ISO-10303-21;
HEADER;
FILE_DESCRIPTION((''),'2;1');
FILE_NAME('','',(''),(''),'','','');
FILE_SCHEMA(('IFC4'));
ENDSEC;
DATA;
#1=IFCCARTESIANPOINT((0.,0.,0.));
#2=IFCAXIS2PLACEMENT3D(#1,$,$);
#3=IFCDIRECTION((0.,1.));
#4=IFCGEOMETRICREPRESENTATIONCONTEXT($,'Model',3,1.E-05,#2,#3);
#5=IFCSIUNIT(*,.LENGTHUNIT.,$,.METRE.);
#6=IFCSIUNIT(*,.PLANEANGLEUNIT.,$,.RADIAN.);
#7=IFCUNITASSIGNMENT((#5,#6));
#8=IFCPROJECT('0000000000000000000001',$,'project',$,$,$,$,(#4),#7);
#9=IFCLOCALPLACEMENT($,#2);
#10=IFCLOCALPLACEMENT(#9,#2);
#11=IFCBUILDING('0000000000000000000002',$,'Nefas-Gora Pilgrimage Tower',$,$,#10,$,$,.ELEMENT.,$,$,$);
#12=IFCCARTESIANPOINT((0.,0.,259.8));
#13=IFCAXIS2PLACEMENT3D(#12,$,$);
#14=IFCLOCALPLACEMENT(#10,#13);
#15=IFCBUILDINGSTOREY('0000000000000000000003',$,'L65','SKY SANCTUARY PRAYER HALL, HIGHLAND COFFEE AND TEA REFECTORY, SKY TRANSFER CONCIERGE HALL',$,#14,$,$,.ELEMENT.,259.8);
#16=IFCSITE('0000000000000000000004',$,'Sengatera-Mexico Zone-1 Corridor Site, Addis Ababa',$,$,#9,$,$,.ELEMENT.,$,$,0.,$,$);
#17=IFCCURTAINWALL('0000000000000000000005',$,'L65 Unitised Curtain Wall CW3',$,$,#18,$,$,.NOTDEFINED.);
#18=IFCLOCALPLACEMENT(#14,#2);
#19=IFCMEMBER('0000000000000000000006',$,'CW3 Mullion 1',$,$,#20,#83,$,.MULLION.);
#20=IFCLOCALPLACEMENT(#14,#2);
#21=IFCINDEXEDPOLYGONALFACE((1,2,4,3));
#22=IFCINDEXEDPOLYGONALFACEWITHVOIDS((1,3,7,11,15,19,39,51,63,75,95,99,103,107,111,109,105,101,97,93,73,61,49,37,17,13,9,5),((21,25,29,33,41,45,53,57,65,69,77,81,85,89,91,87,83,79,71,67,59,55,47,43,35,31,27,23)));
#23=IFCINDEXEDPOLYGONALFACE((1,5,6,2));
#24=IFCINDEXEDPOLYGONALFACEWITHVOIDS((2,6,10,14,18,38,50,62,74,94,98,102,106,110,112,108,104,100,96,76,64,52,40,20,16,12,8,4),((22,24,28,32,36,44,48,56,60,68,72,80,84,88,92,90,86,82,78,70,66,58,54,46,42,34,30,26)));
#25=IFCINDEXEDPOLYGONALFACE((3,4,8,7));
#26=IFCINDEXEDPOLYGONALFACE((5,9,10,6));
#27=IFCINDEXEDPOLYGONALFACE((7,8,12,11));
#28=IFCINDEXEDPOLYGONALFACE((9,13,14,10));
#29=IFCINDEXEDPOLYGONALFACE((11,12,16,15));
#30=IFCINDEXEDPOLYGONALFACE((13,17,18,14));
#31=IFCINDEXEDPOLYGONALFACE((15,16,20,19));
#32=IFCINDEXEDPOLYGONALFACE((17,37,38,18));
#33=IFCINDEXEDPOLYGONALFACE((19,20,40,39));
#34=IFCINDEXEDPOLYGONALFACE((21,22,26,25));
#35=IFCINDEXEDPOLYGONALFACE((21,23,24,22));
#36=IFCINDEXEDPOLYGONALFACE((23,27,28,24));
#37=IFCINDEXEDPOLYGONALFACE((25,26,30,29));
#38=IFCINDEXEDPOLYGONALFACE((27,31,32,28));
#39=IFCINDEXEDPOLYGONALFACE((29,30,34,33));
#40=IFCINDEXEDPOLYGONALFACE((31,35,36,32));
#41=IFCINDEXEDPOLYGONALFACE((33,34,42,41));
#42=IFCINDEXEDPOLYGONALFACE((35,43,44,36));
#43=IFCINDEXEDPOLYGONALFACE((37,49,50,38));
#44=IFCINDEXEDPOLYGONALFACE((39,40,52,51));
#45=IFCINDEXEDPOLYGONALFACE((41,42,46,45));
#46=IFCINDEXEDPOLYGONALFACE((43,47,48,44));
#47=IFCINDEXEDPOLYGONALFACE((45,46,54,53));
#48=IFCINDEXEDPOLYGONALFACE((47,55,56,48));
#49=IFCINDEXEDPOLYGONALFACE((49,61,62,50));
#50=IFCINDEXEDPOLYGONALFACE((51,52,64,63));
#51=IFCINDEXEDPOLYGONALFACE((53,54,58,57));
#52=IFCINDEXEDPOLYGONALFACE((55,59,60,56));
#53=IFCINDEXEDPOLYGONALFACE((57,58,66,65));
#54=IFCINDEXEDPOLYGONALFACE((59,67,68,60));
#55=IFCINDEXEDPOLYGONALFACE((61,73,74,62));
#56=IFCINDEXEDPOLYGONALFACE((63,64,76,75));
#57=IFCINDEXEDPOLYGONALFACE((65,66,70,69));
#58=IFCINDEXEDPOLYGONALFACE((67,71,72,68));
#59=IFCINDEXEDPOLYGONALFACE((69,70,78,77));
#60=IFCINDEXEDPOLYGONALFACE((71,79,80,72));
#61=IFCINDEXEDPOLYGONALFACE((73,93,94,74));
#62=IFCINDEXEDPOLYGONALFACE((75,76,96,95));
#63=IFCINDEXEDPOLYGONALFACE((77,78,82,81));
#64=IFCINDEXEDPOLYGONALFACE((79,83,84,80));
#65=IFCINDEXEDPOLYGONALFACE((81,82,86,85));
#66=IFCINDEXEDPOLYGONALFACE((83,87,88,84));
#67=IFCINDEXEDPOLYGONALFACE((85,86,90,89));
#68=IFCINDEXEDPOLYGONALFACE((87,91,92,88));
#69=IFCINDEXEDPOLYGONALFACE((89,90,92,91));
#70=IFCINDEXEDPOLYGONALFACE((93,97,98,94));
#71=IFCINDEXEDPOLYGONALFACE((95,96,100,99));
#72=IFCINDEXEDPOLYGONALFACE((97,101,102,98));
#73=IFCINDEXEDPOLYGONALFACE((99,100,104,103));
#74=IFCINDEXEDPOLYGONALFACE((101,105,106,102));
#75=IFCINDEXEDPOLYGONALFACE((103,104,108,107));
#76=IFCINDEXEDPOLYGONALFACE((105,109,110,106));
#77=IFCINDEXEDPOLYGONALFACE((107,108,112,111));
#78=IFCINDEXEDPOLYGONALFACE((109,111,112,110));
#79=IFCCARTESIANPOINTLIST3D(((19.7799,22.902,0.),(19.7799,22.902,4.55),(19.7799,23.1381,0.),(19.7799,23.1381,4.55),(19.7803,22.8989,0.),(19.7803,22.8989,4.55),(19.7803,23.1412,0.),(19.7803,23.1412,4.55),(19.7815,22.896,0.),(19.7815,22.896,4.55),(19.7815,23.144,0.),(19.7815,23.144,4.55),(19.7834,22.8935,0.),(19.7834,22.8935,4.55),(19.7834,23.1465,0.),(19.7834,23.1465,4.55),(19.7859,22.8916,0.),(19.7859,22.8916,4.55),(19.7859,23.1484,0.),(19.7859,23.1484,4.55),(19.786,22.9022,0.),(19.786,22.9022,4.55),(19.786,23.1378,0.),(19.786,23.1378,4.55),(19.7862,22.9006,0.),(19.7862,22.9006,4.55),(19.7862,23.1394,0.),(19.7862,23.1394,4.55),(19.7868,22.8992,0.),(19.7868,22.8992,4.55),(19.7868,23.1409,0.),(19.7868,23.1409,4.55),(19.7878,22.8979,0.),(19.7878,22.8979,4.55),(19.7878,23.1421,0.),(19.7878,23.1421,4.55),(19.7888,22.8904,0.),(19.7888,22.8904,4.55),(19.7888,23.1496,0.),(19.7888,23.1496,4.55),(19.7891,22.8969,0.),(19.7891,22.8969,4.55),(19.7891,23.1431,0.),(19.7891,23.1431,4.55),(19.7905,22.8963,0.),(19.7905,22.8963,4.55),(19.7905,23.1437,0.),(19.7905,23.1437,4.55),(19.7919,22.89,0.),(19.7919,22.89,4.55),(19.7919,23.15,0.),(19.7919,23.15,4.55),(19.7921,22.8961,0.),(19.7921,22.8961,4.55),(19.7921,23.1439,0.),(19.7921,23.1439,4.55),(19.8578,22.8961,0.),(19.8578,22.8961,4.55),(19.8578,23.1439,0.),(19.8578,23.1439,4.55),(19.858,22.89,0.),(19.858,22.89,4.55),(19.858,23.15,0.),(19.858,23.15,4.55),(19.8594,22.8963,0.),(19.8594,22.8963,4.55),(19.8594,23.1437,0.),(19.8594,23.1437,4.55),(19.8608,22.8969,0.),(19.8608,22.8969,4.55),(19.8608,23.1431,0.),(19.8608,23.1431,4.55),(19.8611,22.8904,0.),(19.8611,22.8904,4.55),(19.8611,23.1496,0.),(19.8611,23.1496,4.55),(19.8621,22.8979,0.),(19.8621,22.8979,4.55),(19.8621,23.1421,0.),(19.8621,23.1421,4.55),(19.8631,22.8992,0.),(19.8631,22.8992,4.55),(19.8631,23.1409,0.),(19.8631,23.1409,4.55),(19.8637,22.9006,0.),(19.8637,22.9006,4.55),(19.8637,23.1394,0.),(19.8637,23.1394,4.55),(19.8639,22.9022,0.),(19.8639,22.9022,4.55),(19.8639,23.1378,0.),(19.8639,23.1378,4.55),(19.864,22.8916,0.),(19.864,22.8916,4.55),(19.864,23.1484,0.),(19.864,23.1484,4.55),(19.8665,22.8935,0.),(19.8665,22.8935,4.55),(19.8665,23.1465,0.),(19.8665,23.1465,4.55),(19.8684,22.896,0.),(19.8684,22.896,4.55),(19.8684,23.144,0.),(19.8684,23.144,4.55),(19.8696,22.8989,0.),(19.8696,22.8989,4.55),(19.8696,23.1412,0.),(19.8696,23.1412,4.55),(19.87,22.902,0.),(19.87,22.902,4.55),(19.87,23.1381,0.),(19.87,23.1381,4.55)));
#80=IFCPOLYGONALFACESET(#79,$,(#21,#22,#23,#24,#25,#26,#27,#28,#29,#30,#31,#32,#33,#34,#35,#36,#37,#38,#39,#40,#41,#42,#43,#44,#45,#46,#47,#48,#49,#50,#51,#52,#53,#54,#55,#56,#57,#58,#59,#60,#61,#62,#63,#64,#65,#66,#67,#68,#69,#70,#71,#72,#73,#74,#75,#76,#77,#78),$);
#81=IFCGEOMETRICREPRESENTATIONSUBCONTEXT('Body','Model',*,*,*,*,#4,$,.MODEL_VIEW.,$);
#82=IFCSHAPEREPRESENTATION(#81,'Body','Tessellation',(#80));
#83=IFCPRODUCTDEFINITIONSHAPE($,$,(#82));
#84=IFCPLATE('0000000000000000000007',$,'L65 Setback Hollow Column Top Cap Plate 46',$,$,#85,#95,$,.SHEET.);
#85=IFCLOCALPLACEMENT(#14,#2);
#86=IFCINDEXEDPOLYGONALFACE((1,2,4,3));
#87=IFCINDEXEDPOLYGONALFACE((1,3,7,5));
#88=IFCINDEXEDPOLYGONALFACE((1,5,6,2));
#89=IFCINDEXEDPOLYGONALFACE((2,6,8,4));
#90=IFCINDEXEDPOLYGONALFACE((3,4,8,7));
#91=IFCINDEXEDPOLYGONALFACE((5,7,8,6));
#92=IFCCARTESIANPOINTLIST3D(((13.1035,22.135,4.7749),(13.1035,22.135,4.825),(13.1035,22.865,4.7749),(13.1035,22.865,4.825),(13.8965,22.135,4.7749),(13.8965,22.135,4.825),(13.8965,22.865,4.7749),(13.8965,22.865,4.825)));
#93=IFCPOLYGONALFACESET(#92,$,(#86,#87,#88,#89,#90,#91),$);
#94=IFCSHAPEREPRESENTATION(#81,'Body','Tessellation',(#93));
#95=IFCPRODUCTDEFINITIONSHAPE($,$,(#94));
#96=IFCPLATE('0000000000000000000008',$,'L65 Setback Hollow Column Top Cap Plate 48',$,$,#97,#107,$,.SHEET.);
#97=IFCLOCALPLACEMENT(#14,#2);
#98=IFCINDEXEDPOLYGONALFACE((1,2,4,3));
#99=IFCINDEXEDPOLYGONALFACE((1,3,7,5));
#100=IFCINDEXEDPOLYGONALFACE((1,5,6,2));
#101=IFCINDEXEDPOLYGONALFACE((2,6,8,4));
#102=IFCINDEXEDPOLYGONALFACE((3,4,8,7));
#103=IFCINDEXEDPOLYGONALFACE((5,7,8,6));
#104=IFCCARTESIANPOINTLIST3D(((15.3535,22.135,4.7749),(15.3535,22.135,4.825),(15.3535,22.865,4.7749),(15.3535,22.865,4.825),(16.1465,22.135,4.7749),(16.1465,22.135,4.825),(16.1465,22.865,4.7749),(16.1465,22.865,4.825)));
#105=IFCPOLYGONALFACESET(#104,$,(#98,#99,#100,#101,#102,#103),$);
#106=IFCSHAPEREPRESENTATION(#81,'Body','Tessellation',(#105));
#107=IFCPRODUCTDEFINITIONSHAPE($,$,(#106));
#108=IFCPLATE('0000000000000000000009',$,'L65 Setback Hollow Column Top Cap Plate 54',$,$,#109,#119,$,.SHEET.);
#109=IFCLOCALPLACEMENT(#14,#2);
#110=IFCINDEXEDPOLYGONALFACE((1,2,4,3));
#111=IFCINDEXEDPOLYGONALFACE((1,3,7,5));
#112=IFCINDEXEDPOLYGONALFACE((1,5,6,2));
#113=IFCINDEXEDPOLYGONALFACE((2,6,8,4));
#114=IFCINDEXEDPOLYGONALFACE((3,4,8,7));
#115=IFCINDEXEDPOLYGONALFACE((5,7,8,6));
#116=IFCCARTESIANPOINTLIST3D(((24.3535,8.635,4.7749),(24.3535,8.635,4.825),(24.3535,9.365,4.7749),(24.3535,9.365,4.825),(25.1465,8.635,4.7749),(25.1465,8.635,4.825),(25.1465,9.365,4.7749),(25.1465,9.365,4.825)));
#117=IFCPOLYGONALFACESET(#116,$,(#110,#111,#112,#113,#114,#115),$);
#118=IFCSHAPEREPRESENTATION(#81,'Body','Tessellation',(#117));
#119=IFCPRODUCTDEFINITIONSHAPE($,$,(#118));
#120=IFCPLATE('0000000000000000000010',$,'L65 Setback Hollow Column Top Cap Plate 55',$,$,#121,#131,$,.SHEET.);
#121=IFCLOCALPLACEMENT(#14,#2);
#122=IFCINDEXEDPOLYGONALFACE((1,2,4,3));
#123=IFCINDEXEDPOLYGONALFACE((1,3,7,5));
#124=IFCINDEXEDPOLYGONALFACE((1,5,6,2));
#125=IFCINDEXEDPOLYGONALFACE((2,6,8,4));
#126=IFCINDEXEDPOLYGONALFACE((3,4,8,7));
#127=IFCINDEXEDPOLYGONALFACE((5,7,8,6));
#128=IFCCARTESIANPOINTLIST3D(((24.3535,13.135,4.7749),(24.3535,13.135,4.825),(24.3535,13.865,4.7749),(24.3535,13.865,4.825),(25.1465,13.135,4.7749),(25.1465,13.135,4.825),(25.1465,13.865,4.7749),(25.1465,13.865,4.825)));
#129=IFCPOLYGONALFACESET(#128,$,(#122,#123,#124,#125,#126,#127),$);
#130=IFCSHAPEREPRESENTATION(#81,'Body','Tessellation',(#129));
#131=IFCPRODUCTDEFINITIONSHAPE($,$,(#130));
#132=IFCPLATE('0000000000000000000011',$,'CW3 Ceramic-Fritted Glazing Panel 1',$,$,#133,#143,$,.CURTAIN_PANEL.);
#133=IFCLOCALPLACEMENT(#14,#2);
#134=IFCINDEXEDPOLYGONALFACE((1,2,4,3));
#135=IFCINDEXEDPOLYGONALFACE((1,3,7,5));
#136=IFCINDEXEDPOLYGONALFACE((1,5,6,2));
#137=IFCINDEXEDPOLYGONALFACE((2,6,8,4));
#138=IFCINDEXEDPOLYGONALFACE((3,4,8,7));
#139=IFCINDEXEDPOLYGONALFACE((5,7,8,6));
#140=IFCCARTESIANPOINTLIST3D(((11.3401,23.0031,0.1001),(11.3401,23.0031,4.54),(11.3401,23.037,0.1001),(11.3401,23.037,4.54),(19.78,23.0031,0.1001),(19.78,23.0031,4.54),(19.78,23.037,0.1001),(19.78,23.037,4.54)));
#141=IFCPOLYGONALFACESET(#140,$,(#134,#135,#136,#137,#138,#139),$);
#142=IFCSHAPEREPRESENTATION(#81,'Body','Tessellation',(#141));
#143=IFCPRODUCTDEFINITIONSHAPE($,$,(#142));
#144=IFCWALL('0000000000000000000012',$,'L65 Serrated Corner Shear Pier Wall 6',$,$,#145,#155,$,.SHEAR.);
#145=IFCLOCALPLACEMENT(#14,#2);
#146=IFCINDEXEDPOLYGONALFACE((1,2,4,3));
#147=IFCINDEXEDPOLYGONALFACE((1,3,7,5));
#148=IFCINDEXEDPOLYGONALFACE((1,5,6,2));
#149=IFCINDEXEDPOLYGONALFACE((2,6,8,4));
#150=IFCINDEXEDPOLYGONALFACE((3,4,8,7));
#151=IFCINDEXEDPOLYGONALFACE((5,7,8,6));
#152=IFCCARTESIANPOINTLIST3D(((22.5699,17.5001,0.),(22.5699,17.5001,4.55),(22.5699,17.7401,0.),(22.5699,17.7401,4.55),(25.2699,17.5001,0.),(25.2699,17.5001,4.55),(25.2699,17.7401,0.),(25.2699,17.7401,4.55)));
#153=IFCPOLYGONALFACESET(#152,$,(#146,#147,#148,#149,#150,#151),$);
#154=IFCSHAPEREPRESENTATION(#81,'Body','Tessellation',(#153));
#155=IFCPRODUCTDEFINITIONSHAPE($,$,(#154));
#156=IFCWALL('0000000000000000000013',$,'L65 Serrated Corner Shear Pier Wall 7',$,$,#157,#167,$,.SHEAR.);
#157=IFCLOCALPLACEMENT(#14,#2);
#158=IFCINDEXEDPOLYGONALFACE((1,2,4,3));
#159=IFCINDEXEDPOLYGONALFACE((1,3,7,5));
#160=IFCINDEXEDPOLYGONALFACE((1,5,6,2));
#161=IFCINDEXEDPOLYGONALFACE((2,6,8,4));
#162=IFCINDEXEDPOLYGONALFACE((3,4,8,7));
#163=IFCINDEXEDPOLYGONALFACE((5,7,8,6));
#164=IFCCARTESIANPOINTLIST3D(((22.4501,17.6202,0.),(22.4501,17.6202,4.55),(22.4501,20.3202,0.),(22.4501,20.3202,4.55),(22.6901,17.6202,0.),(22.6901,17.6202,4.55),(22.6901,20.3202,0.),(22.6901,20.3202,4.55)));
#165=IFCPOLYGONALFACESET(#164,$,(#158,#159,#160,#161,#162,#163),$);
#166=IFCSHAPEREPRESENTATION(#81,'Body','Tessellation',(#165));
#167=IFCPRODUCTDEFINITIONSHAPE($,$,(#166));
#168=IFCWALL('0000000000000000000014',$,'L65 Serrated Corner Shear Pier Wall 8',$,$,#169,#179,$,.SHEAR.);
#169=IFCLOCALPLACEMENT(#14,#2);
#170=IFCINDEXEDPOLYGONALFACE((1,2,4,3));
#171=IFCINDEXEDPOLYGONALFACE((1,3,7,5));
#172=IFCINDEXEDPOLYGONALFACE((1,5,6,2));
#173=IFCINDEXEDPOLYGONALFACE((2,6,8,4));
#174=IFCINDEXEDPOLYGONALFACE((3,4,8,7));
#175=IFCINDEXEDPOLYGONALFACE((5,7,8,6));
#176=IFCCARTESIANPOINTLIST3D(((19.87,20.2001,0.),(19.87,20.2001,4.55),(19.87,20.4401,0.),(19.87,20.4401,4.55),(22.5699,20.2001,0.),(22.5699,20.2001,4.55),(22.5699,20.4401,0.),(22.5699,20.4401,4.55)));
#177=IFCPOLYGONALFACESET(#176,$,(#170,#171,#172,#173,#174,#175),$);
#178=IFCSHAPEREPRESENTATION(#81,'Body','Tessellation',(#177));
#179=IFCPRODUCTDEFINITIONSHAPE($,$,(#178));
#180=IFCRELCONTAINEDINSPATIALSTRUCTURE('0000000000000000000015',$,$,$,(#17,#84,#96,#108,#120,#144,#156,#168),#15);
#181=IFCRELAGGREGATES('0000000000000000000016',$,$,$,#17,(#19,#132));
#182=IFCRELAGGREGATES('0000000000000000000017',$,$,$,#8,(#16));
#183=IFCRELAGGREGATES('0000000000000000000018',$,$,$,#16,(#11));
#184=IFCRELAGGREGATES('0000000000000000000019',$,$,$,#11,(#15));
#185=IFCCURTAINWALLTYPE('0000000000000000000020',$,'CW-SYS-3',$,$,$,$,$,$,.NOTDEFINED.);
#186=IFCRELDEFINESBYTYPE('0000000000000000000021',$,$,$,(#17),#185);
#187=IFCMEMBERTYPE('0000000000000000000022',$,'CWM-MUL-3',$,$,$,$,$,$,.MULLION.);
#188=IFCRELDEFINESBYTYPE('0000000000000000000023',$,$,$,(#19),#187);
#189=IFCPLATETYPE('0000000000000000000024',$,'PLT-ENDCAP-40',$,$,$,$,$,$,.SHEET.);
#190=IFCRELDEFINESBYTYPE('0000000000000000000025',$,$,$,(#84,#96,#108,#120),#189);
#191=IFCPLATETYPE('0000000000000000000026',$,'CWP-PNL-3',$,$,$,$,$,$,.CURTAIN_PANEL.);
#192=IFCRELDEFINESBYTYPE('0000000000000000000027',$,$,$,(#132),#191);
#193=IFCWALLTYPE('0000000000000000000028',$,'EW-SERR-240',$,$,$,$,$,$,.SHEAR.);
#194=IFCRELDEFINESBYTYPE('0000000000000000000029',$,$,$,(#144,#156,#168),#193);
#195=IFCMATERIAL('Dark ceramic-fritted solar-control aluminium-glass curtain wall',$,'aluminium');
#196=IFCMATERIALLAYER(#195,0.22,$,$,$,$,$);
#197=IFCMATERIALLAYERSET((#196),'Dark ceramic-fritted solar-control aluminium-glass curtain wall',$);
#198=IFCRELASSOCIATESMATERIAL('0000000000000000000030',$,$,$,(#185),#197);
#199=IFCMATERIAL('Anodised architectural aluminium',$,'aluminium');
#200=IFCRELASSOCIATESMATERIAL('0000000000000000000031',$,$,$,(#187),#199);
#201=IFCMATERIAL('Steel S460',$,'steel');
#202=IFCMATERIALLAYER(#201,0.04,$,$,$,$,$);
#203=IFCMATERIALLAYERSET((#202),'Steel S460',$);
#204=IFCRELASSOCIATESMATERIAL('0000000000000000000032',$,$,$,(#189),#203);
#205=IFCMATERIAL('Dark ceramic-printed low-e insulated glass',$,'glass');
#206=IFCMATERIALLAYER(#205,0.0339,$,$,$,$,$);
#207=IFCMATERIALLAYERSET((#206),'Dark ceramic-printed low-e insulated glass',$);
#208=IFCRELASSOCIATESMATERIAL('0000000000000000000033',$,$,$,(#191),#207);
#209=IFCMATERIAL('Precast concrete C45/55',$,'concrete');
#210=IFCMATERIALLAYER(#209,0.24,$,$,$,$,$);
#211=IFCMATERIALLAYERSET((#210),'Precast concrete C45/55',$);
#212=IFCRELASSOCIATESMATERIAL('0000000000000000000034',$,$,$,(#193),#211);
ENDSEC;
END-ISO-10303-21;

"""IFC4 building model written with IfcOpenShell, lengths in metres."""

from ifc_helpers import new_model, si_unit, direction, frame, frame_2d, origin, origin_2d, place, context, subcontext, project, spatial, rectangle, hollow_rectangle, extrude, source, transform, mapped, material, layer, layer_set, material_profile, profile_set, type_object, element, aggregate, save


model = new_model("IFC4")

# Units and contexts
model_context = context("Model", 3, precision=1e-05, world=origin(), true_north=direction((0.0, 1.0)))
body_context = subcontext(model_context, "Body", "Model", "MODEL_VIEW")
ifc_project = project(units=[si_unit("LENGTHUNIT", "METRE"), si_unit("PLANEANGLEUNIT", "RADIAN")], contexts=[model_context])

# Site, building, storey
site_placement = place(None, origin())
site = spatial("IfcSite", under=ifc_project, at=site_placement, Name="Sengatera-Mexico Zone-1 Corridor Site, Addis Ababa", CompositionType="ELEMENT", RefElevation=0.0)
building_placement = place(site_placement, origin())
building = spatial("IfcBuilding", under=site, at=building_placement, Name="Nefas-Gora Pilgrimage Tower", CompositionType="ELEMENT")
storey_placement = place(building_placement, frame((0.0, 0.0, 259.8)))
storey = spatial("IfcBuildingStorey", under=building, at=storey_placement, Name="L65", Description="SKY SANCTUARY PRAYER HALL, HIGHLAND COFFEE AND TEA REFECTORY, SKY TRANSFER CONCIERGE HALL", CompositionType="ELEMENT", Elevation=259.8)

# Shared definitions
ifc_material_1 = material(Name="Steel S460", Category="steel")

# Curtain wall
ifc_material_2 = material(Name="Dark ceramic-fritted solar-control aluminium-glass curtain wall", Category="aluminium")
ifc_layer_1 = layer(ifc_material_2, 0.22)
ifc_layer_set_1 = layer_set([ifc_layer_1], Name="Dark ceramic-fritted solar-control aluminium-glass curtain wall")
curtain_wall_type = type_object("IfcCurtainWallType", Name="CW-SYS-3", PredefinedType="NOTDEFINED", material=ifc_layer_set_1)
curtain_wall_1_placement = place(storey_placement, origin())
curtain_wall_1 = element("IfcCurtainWall", 1, at=curtain_wall_1_placement, inside=storey, type_object=curtain_wall_type, Name="L65 Unitised Curtain Wall CW3", PredefinedType="NOTDEFINED")
ifc_material_3 = material(Name="Anodised architectural aluminium", Category="aluminium")
ifc_material_profile_1 = material_profile(ifc_material_3, hollow_rectangle(XDim=0.0901, YDim=0.26, WallThickness=0.0061, InnerFilletRadius=0.0061, OuterFilletRadius=0.012, at=origin_2d()), Name="ALU MULLION 90x260")
ifc_profile_set_1 = profile_set([ifc_material_profile_1], Name="Anodised architectural aluminium")
member_type_1 = type_object("IfcMemberType", Name="CWM-MUL-3", PredefinedType="MULLION", material=ifc_profile_set_1)
shared_shape_1 = source(origin(), body_context, "Body", "SweptSolid", [
    extrude(hollow_rectangle(XDim=0.0901, YDim=0.26, WallThickness=0.0061, InnerFilletRadius=0.0061, OuterFilletRadius=0.012, at=origin_2d()), origin(), (0.0, 0.0, 1.0), 4.55),
])

# Member
member_1_placement = place(storey_placement, frame((19.825, 23.02, 0.0), z_axis=(0.0, 0.0, 1.0), x_axis=(-1.0, 0.0, 0.0)))
member_1 = element("IfcMember", 2, at=member_1_placement, type_object=member_type_1, Name="CW3 Mullion 1", PredefinedType="MULLION", context=body_context, shape_type="MappedRepresentation", body=[
    mapped(shared_shape_1, transform((0.0, 0.0, 0.0), x_axis=(1.0, 0.0, 0.0), y_axis=(0.0, 1.0, 0.0), z_axis=(0.0, 0.0, 1.0), scale=1.0)),
])

# Plates
ifc_layer_2 = layer(ifc_material_1, 0.04)
ifc_layer_set_2 = layer_set([ifc_layer_2], Name="Steel S460")
plate_type_1 = type_object("IfcPlateType", Name="PLT-ENDCAP-40", PredefinedType="SHEET", material=ifc_layer_set_2)
shared_shape_2 = source(origin(), body_context, "Body", "SweptSolid", [
    extrude(rectangle(XDim=0.793, YDim=0.73, at=origin_2d()), origin(), (0.0, 0.0, 1.0), 0.05),
])
for number, where, z_axis, x_axis, name in (
    (3, (13.5, 22.5, 4.7749), (0.0, 0.0, 1.0), (1.0, 0.0, 0.0), "L65 Setback Hollow Column Top Cap Plate 46"),
    (4, (15.75, 22.5, 4.7749), (0.0, 0.0, 1.0), (1.0, 0.0, 0.0), "L65 Setback Hollow Column Top Cap Plate 48"),
    (5, (24.75, 9.0, 4.7749), (0.0, 0.0, 1.0), (1.0, 0.0, 0.0), "L65 Setback Hollow Column Top Cap Plate 54"),
    (6, (24.75, 13.5, 4.7749), (0.0, 0.0, 1.0), (1.0, 0.0, 0.0), "L65 Setback Hollow Column Top Cap Plate 55"),
):
    element("IfcPlate", number, at=place(storey_placement, frame(where, z_axis=z_axis, x_axis=x_axis)), inside=storey, type_object=plate_type_1, Name=name, PredefinedType="SHEET", context=body_context, shape_type="MappedRepresentation", body=[
        mapped(shared_shape_2, transform((0.0, 0.0, 0.0), x_axis=(1.0, 0.0, 0.0), y_axis=(0.0, 1.0, 0.0), z_axis=(0.0, 0.0, 1.0), scale=1.0)),
    ])

# Plate
ifc_material_4 = material(Name="Dark ceramic-printed low-e insulated glass", Category="glass")
ifc_layer_3 = layer(ifc_material_4, 0.0339)
ifc_layer_set_3 = layer_set([ifc_layer_3], Name="Dark ceramic-printed low-e insulated glass")
plate_type_2 = type_object("IfcPlateType", Name="CWP-PNL-3", PredefinedType="CURTAIN_PANEL", material=ifc_layer_set_3)
shared_shape_3 = source(origin(), body_context, "Body", "SweptSolid", [
    extrude(rectangle(XDim=8.4399, YDim=0.0339, at=origin_2d()), origin(), (0.0, 0.0, 1.0), 4.4399),
])
plate_placement = place(storey_placement, frame((15.5601, 23.02, 0.1001), z_axis=(0.0, 0.0, 1.0), x_axis=(-1.0, 0.0, 0.0)))
plate = element("IfcPlate", 7, at=plate_placement, type_object=plate_type_2, Name="CW3 Ceramic-Fritted Glazing Panel 1", PredefinedType="CURTAIN_PANEL", context=body_context, shape_type="MappedRepresentation", body=[
    mapped(shared_shape_3, transform((0.0, 0.0, 0.0), x_axis=(1.0, 0.0, 0.0), y_axis=(0.0, 1.0, 0.0), z_axis=(0.0, 0.0, 1.0), scale=1.0)),
])
aggregate(curtain_wall_1, [member_1, plate])

# Walls
ifc_material_5 = material(Name="Precast concrete C45/55", Category="concrete")
ifc_layer_4 = layer(ifc_material_5, 0.24)
ifc_layer_set_4 = layer_set([ifc_layer_4], Name="Precast concrete C45/55")
wall_type_1 = type_object("IfcWallType", Name="EW-SERR-240", PredefinedType="SHEAR", material=ifc_layer_set_4)
shared_shape_4 = source(origin(), body_context, "Body", "SweptSolid", [
    extrude(rectangle(XDim=2.7, YDim=0.24, at=frame_2d((1.3501, 0.0))), origin(), (0.0, 0.0, 1.0), 4.55),
])
for number, where, z_axis, x_axis, name in (
    (8, (25.27, 17.6201, 0.0), (0.0, 0.0, 1.0), (-1.0, 0.0, 0.0), "L65 Serrated Corner Shear Pier Wall 6"),
    (9, (22.5701, 17.6201, 0.0), (0.0, 0.0, 1.0), (0.0, 1.0, 0.0), "L65 Serrated Corner Shear Pier Wall 7"),
    (10, (22.5701, 20.3201, 0.0), (0.0, 0.0, 1.0), (-1.0, 0.0, 0.0), "L65 Serrated Corner Shear Pier Wall 8"),
):
    element("IfcWall", number, at=place(storey_placement, frame(where, z_axis=z_axis, x_axis=x_axis)), inside=storey, type_object=wall_type_1, Name=name, PredefinedType="SHEAR", context=body_context, shape_type="MappedRepresentation", body=[
        mapped(shared_shape_4, transform((0.0, 0.0, 0.0), x_axis=(1.0, 0.0, 0.0), y_axis=(0.0, 1.0, 0.0), z_axis=(0.0, 0.0, 1.0), scale=1.0)),
    ])

save(model, "model.ifc")
